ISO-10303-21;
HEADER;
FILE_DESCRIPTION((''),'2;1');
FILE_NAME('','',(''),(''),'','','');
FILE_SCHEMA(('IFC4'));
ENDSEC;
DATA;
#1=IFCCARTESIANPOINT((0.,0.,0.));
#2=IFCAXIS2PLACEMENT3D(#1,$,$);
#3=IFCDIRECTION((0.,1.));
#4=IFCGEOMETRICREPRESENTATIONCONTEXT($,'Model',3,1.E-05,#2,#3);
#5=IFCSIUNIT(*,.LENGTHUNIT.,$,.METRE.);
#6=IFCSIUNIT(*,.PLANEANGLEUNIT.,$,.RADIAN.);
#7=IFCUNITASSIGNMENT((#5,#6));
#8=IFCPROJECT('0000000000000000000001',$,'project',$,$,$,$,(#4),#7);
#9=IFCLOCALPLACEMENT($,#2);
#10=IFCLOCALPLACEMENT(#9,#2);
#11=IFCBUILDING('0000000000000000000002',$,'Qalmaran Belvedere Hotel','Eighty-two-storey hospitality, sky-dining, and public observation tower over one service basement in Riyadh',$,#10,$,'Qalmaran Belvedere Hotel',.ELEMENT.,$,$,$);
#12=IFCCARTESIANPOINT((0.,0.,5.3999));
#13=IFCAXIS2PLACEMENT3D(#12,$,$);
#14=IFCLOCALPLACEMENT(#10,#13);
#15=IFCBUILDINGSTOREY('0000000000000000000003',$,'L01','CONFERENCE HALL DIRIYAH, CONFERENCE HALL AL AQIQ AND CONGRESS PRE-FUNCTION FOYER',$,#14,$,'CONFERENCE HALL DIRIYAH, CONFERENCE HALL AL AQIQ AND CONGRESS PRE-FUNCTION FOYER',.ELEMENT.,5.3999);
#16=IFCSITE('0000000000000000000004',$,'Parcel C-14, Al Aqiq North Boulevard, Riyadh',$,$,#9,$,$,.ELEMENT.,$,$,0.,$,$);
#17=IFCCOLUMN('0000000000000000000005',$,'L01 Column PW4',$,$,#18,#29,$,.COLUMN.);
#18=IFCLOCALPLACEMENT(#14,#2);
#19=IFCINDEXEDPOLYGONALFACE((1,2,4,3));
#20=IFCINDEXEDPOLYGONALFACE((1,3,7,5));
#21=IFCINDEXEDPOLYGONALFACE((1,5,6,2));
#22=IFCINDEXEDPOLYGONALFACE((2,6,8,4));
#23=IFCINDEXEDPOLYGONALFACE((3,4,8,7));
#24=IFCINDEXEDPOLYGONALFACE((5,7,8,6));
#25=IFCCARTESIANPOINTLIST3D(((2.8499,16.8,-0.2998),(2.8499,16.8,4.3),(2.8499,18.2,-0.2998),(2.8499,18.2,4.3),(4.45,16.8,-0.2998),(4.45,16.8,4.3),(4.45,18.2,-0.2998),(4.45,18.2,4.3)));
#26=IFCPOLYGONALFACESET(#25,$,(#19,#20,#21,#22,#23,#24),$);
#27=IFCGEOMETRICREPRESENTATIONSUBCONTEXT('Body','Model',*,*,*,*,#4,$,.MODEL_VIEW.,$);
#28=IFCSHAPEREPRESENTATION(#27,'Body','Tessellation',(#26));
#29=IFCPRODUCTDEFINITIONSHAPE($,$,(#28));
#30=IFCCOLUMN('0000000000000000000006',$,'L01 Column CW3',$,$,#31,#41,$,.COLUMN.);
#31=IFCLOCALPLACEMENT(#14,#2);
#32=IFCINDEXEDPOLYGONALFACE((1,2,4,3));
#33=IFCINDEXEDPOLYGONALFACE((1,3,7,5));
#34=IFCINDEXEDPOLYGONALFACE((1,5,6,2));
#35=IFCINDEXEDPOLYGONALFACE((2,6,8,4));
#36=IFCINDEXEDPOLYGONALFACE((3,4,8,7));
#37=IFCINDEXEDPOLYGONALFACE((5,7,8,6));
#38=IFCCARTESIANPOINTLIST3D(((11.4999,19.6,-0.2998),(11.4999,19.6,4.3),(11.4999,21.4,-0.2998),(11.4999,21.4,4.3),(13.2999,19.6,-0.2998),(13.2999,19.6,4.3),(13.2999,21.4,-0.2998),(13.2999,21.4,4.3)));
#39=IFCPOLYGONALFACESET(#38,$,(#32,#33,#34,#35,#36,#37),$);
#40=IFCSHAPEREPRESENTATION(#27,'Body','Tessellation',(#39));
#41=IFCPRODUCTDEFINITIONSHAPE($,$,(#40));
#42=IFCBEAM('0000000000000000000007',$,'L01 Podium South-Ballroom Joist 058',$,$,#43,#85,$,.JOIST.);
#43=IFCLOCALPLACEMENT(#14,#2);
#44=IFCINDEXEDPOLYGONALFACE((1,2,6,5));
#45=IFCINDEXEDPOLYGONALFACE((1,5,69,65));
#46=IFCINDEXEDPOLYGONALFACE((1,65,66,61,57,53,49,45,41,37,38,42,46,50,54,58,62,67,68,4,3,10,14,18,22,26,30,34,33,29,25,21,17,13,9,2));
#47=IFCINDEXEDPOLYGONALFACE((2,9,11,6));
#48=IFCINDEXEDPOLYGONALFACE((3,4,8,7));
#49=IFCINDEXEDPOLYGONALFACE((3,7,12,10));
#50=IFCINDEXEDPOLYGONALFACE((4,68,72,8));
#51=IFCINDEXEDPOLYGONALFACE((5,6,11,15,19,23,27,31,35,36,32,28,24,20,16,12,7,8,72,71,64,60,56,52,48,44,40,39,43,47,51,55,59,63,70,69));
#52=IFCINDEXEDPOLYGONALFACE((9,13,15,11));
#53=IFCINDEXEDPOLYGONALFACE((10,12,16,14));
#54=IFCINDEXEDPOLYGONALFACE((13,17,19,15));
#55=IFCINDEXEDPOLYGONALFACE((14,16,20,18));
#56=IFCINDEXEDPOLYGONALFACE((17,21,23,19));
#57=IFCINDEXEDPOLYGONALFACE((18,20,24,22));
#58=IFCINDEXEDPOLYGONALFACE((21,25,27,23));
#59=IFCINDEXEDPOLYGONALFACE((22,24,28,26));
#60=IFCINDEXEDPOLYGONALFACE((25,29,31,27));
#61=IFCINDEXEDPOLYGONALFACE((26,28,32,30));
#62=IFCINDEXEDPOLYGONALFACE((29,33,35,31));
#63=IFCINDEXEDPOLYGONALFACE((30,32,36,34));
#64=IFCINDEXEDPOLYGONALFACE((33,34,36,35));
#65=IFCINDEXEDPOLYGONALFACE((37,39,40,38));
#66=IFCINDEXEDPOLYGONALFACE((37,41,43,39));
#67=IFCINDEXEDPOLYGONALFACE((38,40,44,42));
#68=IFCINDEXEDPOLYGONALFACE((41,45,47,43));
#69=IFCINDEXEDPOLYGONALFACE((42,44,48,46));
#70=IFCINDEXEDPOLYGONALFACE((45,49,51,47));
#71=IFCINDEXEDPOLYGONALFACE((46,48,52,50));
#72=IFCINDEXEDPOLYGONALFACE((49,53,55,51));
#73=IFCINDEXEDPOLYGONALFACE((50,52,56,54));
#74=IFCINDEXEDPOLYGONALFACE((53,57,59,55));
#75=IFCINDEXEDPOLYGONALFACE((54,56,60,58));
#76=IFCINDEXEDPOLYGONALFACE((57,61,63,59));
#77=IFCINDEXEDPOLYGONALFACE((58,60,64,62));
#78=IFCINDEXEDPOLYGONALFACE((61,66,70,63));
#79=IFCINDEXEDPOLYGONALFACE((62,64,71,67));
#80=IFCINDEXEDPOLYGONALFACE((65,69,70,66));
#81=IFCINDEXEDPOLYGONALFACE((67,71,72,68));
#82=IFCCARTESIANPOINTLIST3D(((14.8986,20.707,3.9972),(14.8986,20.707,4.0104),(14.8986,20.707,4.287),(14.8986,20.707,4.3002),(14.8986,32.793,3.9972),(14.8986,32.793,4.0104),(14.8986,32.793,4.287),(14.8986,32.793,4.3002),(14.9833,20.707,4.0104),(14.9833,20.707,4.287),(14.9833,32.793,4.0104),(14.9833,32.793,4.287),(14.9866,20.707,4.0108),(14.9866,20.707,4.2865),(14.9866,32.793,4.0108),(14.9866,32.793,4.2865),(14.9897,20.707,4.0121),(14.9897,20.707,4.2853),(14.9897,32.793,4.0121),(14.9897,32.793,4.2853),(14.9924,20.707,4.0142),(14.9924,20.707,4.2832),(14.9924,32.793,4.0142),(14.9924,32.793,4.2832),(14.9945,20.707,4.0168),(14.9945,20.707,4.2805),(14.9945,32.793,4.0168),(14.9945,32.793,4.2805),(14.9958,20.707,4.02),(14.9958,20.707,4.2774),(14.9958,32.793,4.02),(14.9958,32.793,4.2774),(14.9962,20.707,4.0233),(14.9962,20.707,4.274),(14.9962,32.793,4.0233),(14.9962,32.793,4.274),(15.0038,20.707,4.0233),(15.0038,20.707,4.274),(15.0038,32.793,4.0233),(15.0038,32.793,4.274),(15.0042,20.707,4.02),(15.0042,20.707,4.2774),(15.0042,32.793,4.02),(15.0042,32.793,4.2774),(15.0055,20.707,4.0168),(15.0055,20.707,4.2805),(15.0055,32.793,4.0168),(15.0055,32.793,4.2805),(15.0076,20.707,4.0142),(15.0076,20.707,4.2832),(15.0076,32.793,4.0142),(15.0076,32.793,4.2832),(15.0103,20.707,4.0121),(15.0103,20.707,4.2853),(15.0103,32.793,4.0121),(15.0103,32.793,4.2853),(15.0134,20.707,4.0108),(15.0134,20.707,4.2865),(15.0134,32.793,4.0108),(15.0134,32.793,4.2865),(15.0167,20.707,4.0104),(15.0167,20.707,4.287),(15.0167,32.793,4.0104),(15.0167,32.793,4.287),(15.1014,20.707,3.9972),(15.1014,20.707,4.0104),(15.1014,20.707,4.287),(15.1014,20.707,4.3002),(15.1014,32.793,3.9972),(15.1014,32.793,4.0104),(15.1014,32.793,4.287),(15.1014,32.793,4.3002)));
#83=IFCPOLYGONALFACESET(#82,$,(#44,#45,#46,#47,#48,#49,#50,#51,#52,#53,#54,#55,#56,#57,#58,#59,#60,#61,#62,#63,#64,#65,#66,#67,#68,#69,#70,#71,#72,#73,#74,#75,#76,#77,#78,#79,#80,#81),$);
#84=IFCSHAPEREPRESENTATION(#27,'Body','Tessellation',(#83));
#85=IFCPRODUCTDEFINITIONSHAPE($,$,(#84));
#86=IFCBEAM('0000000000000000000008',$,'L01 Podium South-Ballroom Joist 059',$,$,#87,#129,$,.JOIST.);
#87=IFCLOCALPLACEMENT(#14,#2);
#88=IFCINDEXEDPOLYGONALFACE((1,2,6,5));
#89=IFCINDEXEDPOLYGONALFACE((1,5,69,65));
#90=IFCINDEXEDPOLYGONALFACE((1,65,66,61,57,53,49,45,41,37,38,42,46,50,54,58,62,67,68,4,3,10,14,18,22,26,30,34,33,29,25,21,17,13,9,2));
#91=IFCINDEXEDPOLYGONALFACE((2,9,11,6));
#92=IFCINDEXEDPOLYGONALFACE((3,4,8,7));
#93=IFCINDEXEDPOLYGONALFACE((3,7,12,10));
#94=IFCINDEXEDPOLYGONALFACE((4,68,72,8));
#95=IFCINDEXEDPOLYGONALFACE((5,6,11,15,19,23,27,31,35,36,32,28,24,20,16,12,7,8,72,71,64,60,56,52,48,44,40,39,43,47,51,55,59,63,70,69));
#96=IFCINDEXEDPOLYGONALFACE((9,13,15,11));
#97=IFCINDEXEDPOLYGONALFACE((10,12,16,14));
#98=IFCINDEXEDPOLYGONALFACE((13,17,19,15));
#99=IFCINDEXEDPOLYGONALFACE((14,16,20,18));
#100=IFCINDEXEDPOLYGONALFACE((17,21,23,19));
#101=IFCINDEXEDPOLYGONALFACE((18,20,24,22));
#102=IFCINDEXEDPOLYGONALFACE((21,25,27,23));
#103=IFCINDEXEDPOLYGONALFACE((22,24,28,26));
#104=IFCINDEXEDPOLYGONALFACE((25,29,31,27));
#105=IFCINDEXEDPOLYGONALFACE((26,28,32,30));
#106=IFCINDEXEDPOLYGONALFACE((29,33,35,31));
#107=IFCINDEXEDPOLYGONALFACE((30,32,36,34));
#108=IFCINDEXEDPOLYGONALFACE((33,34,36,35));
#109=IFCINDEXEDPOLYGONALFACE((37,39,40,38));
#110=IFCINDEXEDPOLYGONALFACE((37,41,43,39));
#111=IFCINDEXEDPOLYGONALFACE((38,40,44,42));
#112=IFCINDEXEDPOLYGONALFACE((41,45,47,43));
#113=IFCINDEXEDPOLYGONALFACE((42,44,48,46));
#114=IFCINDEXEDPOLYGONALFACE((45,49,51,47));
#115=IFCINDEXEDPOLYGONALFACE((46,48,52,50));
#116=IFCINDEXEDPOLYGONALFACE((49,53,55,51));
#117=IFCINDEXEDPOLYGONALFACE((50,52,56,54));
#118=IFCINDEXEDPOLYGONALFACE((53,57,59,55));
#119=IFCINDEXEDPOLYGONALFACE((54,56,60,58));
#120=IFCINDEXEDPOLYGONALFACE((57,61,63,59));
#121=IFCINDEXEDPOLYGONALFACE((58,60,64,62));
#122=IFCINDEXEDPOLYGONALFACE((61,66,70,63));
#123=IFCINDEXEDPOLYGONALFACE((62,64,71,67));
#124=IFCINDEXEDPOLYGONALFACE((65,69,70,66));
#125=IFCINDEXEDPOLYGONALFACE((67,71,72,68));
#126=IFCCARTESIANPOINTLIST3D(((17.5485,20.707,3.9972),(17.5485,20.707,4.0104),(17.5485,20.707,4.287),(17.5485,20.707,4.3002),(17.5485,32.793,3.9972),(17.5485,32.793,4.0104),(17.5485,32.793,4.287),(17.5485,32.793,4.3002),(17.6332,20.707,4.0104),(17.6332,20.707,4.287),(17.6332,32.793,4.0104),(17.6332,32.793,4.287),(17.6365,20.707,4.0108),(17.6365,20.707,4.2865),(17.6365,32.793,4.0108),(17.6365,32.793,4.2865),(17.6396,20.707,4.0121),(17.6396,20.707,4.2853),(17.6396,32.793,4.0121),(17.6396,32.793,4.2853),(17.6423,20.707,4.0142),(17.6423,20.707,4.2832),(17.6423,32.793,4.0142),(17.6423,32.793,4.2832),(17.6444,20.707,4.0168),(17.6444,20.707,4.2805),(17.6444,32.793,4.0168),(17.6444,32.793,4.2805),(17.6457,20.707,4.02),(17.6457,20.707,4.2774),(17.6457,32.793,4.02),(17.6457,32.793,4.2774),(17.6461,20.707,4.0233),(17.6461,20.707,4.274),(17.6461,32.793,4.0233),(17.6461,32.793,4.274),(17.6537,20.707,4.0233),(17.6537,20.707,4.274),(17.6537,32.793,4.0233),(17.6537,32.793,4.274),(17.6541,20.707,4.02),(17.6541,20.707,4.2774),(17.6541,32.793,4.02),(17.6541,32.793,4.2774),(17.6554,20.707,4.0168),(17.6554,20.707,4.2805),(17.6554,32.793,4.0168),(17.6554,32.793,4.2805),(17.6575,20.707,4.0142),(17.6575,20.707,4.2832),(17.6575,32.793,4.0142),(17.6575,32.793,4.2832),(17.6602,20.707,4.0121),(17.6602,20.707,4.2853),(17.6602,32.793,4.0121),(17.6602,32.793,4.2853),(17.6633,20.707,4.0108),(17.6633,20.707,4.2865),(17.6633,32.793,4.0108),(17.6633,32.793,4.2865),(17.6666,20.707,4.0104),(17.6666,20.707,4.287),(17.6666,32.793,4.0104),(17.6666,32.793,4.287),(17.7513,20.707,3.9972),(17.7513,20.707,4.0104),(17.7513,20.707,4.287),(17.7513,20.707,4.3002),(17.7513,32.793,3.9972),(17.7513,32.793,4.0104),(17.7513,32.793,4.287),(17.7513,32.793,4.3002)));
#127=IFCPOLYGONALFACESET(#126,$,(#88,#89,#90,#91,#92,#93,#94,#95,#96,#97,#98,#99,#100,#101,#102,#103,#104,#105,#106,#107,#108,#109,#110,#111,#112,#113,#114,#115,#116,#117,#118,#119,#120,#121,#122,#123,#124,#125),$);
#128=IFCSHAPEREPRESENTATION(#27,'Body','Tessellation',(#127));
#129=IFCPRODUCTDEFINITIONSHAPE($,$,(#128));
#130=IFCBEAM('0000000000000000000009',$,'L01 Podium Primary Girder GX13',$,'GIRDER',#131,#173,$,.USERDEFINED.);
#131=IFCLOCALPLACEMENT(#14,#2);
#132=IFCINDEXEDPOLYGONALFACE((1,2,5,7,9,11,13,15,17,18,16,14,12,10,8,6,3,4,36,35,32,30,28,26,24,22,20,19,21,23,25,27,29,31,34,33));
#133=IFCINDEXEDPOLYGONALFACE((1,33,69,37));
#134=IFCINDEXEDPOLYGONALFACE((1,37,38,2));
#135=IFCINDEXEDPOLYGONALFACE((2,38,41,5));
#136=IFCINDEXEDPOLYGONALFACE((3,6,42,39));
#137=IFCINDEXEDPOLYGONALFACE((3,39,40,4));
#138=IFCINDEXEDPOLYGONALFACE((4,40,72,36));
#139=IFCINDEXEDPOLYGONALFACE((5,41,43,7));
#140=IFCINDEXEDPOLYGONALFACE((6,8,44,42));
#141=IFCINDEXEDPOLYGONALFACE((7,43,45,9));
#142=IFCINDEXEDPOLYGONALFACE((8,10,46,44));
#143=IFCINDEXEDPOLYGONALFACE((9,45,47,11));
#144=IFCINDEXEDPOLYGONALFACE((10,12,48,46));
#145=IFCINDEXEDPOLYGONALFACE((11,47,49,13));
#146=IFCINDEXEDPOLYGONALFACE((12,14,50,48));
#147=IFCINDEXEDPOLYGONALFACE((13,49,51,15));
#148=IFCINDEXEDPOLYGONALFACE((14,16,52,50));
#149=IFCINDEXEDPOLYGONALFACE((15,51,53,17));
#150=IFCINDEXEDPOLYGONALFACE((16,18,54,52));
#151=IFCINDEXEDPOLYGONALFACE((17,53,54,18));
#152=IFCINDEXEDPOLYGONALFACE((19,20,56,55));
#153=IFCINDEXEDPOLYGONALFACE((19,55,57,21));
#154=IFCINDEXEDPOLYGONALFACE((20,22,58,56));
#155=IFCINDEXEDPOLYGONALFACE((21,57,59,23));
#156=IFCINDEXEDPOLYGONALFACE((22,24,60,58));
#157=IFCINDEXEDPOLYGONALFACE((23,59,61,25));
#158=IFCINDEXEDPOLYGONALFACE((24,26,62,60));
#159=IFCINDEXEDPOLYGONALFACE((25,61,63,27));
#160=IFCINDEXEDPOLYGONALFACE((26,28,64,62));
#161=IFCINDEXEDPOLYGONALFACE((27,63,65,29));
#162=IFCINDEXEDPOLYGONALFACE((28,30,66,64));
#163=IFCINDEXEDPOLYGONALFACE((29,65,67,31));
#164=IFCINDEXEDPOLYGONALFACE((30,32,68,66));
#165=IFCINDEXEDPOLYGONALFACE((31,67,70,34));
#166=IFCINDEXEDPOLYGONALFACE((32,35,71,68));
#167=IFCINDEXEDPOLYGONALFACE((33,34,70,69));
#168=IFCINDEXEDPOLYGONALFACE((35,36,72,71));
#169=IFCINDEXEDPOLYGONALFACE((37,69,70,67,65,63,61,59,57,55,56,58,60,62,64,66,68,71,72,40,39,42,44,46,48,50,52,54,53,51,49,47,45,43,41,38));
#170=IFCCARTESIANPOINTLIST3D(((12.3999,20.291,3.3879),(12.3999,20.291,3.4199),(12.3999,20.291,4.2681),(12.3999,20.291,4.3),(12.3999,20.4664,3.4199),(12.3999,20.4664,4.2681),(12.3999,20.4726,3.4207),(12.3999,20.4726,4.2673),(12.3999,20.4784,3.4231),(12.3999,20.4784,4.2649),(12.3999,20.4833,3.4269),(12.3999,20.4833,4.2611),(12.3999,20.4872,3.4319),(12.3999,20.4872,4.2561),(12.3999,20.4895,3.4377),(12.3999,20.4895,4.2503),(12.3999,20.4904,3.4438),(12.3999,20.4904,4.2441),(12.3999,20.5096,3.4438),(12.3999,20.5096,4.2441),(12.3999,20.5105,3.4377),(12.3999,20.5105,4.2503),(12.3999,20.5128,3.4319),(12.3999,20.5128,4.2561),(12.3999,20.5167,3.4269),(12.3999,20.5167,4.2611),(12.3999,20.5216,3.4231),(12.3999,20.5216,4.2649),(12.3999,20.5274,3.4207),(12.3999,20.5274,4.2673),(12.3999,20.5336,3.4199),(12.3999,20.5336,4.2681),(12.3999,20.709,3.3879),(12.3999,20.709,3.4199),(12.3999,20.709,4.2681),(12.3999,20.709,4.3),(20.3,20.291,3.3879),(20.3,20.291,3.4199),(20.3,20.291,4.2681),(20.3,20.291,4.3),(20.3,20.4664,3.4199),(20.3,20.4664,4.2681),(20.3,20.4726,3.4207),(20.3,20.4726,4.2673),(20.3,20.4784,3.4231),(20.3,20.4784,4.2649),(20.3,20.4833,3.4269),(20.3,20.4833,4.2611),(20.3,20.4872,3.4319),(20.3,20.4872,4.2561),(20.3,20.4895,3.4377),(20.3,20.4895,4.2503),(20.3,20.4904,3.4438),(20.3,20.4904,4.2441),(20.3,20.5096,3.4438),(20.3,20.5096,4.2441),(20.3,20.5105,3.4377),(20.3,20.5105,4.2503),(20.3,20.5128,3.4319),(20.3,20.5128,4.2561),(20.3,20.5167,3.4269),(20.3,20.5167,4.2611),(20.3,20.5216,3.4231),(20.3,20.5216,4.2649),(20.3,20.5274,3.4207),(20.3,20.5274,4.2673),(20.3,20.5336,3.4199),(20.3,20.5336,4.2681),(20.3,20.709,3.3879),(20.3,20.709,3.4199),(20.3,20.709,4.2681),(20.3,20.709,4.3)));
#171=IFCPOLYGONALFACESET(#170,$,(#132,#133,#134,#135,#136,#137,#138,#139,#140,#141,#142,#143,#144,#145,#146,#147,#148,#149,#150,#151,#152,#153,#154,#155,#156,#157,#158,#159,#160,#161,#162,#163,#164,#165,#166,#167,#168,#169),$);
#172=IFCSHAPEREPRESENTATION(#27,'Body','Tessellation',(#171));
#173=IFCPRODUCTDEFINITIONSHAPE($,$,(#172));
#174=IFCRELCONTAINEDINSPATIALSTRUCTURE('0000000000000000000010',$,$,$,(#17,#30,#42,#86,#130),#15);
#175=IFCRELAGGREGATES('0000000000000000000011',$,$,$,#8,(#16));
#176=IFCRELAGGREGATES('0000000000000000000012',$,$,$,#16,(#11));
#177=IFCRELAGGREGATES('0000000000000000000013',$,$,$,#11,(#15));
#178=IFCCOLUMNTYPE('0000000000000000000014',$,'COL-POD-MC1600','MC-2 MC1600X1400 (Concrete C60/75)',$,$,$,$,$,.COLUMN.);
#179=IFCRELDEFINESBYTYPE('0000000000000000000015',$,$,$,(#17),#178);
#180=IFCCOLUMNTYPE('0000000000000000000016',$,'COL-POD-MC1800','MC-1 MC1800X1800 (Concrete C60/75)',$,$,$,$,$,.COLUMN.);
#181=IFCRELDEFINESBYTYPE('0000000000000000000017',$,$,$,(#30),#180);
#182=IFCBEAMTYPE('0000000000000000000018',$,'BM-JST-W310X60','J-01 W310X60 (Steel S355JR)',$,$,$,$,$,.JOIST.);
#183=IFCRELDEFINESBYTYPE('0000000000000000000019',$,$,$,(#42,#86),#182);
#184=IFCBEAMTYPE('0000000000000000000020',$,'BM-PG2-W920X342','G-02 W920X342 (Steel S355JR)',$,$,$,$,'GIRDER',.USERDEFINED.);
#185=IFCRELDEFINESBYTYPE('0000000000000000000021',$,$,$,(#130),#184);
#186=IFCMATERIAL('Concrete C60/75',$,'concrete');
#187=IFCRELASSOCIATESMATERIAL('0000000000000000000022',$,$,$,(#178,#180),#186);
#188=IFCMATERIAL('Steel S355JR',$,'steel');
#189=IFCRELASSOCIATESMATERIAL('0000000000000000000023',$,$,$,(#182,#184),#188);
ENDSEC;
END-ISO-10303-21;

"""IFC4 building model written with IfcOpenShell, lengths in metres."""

from ifc_helpers import new_model, si_unit, direction, frame, origin, origin_2d, place, context, subcontext, project, spatial, rectangle, i_section, extrude, material, material_profile, profile_set, type_object, element, save


model = new_model("IFC4")

# Units and contexts
model_context = context("Model", 3, precision=1e-05, world=origin(), true_north=direction((0.0, 1.0)))
body_context = subcontext(model_context, "Body", "Model", "MODEL_VIEW")
ifc_project = project(units=[si_unit("LENGTHUNIT", "METRE"), si_unit("PLANEANGLEUNIT", "RADIAN")], contexts=[model_context])

# Site, building, storey
site_placement = place(None, origin())
site = spatial("IfcSite", under=ifc_project, at=site_placement, Name="Parcel C-14, Al Aqiq North Boulevard, Riyadh", CompositionType="ELEMENT", RefElevation=0.0)
building_placement = place(site_placement, origin())
building = spatial("IfcBuilding", under=site, at=building_placement, Name="Qalmaran Belvedere Hotel", Description="Eighty-two-storey hospitality, sky-dining, and public observation tower over one service basement in Riyadh", LongName="Qalmaran Belvedere Hotel", CompositionType="ELEMENT")
storey_placement = place(building_placement, frame((0.0, 0.0, 5.3999)))
storey = spatial("IfcBuildingStorey", under=building, at=storey_placement, Name="L01", Description="CONFERENCE HALL DIRIYAH, CONFERENCE HALL AL AQIQ AND CONGRESS PRE-FUNCTION FOYER", LongName="CONFERENCE HALL DIRIYAH, CONFERENCE HALL AL AQIQ AND CONGRESS PRE-FUNCTION FOYER", CompositionType="ELEMENT", Elevation=5.3999)

# Columns
ifc_material_1 = material(Name="Concrete C60/75", Category="concrete")
ifc_material_profile_1 = material_profile(ifc_material_1, rectangle(XDim=1.6001, YDim=1.3999, at=origin_2d()), Name="MC1600X1400")
ifc_profile_set_1 = profile_set([ifc_material_profile_1], Name="Concrete C60/75")
column_type_1 = type_object("IfcColumnType", Name="COL-POD-MC1600", Description="MC-2 MC1600X1400 (Concrete C60/75)", PredefinedType="COLUMN", material=ifc_profile_set_1)
column_1_placement = place(storey_placement, frame((3.6499, 17.5, -0.2998), z_axis=(0.0, 0.0, 1.0), x_axis=(1.0, 0.0, 0.0)))
element("IfcColumn", 1, at=column_1_placement, inside=storey, type_object=column_type_1, Name="L01 Column PW4", PredefinedType="COLUMN", context=body_context, shape_type="SweptSolid", body=[
    extrude(rectangle(XDim=1.6001, YDim=1.3999, at=origin_2d()), origin(), (0.0, 0.0, 1.0), 4.5999),
])
ifc_material_profile_2 = material_profile(ifc_material_1, rectangle(XDim=1.8, YDim=1.8, at=origin_2d()), Name="MC1800X1800")
ifc_profile_set_2 = profile_set([ifc_material_profile_2], Name="Concrete C60/75")
column_type_2 = type_object("IfcColumnType", Name="COL-POD-MC1800", Description="MC-1 MC1800X1800 (Concrete C60/75)", PredefinedType="COLUMN", material=ifc_profile_set_2)
column_2_placement = place(storey_placement, frame((12.3999, 20.5, -0.2998), z_axis=(0.0, 0.0, 1.0), x_axis=(1.0, 0.0, 0.0)))
element("IfcColumn", 2, at=column_2_placement, inside=storey, type_object=column_type_2, Name="L01 Column CW3", PredefinedType="COLUMN", context=body_context, shape_type="SweptSolid", body=[
    extrude(rectangle(XDim=1.8, YDim=1.8, at=origin_2d()), origin(), (0.0, 0.0, 1.0), 4.5999),
])

# Beams
ifc_material_2 = material(Name="Steel S355JR", Category="steel")
ifc_material_profile_3 = material_profile(ifc_material_2, i_section(OverallWidth=0.2029, OverallDepth=0.303, WebThickness=0.0076, FlangeThickness=0.0132, FilletRadius=0.0129, at=origin_2d()), Name="W310X60")
ifc_profile_set_3 = profile_set([ifc_material_profile_3], Name="Steel S355JR")
beam_type_1 = type_object("IfcBeamType", Name="BM-JST-W310X60", Description="J-01 W310X60 (Steel S355JR)", PredefinedType="JOIST", material=ifc_profile_set_3)
for number, where, z_axis, x_axis, name in (
    (3, (15.0, 20.707, 4.1487), (0.0, 1.0, 0.0), (-1.0, 0.0, 0.0), "L01 Podium South-Ballroom Joist 058"),
    (4, (17.6499, 20.707, 4.1487), (0.0, 1.0, 0.0), (-1.0, 0.0, 0.0), "L01 Podium South-Ballroom Joist 059"),
):
    element("IfcBeam", number, at=place(storey_placement, frame(where, z_axis=z_axis, x_axis=x_axis)), inside=storey, type_object=beam_type_1, Name=name, PredefinedType="JOIST", context=body_context, shape_type="SweptSolid", body=[
        extrude(i_section(OverallWidth=0.2029, OverallDepth=0.303, WebThickness=0.0076, FlangeThickness=0.0132, FilletRadius=0.0129, at=origin_2d()), origin(), (0.0, 0.0, 1.0), 12.0859),
    ])
ifc_material_profile_4 = material_profile(ifc_material_2, i_section(OverallWidth=0.418, OverallDepth=0.9121, WebThickness=0.0193, FlangeThickness=0.032, FilletRadius=0.0239, at=origin_2d()), Name="W920X342")
ifc_profile_set_4 = profile_set([ifc_material_profile_4], Name="Steel S355JR")
beam_type_2 = type_object("IfcBeamType", Name="BM-PG2-W920X342", Description="G-02 W920X342 (Steel S355JR)", ElementType="GIRDER", PredefinedType="USERDEFINED", material=ifc_profile_set_4)
beam_1_placement = place(storey_placement, frame((12.3999, 20.5, 3.844), z_axis=(1.0, 0.0, 0.0), x_axis=(0.0, 1.0, 0.0)))
element("IfcBeam", 5, at=beam_1_placement, inside=storey, type_object=beam_type_2, Name="L01 Podium Primary Girder GX13", ObjectType="GIRDER", PredefinedType="USERDEFINED", context=body_context, shape_type="SweptSolid", body=[
    extrude(i_section(OverallWidth=0.418, OverallDepth=0.9121, WebThickness=0.0193, FlangeThickness=0.032, FilletRadius=0.0239, at=origin_2d()), origin(), (0.0, 0.0, 1.0), 7.9001),
])

save(model, "model.ifc")
